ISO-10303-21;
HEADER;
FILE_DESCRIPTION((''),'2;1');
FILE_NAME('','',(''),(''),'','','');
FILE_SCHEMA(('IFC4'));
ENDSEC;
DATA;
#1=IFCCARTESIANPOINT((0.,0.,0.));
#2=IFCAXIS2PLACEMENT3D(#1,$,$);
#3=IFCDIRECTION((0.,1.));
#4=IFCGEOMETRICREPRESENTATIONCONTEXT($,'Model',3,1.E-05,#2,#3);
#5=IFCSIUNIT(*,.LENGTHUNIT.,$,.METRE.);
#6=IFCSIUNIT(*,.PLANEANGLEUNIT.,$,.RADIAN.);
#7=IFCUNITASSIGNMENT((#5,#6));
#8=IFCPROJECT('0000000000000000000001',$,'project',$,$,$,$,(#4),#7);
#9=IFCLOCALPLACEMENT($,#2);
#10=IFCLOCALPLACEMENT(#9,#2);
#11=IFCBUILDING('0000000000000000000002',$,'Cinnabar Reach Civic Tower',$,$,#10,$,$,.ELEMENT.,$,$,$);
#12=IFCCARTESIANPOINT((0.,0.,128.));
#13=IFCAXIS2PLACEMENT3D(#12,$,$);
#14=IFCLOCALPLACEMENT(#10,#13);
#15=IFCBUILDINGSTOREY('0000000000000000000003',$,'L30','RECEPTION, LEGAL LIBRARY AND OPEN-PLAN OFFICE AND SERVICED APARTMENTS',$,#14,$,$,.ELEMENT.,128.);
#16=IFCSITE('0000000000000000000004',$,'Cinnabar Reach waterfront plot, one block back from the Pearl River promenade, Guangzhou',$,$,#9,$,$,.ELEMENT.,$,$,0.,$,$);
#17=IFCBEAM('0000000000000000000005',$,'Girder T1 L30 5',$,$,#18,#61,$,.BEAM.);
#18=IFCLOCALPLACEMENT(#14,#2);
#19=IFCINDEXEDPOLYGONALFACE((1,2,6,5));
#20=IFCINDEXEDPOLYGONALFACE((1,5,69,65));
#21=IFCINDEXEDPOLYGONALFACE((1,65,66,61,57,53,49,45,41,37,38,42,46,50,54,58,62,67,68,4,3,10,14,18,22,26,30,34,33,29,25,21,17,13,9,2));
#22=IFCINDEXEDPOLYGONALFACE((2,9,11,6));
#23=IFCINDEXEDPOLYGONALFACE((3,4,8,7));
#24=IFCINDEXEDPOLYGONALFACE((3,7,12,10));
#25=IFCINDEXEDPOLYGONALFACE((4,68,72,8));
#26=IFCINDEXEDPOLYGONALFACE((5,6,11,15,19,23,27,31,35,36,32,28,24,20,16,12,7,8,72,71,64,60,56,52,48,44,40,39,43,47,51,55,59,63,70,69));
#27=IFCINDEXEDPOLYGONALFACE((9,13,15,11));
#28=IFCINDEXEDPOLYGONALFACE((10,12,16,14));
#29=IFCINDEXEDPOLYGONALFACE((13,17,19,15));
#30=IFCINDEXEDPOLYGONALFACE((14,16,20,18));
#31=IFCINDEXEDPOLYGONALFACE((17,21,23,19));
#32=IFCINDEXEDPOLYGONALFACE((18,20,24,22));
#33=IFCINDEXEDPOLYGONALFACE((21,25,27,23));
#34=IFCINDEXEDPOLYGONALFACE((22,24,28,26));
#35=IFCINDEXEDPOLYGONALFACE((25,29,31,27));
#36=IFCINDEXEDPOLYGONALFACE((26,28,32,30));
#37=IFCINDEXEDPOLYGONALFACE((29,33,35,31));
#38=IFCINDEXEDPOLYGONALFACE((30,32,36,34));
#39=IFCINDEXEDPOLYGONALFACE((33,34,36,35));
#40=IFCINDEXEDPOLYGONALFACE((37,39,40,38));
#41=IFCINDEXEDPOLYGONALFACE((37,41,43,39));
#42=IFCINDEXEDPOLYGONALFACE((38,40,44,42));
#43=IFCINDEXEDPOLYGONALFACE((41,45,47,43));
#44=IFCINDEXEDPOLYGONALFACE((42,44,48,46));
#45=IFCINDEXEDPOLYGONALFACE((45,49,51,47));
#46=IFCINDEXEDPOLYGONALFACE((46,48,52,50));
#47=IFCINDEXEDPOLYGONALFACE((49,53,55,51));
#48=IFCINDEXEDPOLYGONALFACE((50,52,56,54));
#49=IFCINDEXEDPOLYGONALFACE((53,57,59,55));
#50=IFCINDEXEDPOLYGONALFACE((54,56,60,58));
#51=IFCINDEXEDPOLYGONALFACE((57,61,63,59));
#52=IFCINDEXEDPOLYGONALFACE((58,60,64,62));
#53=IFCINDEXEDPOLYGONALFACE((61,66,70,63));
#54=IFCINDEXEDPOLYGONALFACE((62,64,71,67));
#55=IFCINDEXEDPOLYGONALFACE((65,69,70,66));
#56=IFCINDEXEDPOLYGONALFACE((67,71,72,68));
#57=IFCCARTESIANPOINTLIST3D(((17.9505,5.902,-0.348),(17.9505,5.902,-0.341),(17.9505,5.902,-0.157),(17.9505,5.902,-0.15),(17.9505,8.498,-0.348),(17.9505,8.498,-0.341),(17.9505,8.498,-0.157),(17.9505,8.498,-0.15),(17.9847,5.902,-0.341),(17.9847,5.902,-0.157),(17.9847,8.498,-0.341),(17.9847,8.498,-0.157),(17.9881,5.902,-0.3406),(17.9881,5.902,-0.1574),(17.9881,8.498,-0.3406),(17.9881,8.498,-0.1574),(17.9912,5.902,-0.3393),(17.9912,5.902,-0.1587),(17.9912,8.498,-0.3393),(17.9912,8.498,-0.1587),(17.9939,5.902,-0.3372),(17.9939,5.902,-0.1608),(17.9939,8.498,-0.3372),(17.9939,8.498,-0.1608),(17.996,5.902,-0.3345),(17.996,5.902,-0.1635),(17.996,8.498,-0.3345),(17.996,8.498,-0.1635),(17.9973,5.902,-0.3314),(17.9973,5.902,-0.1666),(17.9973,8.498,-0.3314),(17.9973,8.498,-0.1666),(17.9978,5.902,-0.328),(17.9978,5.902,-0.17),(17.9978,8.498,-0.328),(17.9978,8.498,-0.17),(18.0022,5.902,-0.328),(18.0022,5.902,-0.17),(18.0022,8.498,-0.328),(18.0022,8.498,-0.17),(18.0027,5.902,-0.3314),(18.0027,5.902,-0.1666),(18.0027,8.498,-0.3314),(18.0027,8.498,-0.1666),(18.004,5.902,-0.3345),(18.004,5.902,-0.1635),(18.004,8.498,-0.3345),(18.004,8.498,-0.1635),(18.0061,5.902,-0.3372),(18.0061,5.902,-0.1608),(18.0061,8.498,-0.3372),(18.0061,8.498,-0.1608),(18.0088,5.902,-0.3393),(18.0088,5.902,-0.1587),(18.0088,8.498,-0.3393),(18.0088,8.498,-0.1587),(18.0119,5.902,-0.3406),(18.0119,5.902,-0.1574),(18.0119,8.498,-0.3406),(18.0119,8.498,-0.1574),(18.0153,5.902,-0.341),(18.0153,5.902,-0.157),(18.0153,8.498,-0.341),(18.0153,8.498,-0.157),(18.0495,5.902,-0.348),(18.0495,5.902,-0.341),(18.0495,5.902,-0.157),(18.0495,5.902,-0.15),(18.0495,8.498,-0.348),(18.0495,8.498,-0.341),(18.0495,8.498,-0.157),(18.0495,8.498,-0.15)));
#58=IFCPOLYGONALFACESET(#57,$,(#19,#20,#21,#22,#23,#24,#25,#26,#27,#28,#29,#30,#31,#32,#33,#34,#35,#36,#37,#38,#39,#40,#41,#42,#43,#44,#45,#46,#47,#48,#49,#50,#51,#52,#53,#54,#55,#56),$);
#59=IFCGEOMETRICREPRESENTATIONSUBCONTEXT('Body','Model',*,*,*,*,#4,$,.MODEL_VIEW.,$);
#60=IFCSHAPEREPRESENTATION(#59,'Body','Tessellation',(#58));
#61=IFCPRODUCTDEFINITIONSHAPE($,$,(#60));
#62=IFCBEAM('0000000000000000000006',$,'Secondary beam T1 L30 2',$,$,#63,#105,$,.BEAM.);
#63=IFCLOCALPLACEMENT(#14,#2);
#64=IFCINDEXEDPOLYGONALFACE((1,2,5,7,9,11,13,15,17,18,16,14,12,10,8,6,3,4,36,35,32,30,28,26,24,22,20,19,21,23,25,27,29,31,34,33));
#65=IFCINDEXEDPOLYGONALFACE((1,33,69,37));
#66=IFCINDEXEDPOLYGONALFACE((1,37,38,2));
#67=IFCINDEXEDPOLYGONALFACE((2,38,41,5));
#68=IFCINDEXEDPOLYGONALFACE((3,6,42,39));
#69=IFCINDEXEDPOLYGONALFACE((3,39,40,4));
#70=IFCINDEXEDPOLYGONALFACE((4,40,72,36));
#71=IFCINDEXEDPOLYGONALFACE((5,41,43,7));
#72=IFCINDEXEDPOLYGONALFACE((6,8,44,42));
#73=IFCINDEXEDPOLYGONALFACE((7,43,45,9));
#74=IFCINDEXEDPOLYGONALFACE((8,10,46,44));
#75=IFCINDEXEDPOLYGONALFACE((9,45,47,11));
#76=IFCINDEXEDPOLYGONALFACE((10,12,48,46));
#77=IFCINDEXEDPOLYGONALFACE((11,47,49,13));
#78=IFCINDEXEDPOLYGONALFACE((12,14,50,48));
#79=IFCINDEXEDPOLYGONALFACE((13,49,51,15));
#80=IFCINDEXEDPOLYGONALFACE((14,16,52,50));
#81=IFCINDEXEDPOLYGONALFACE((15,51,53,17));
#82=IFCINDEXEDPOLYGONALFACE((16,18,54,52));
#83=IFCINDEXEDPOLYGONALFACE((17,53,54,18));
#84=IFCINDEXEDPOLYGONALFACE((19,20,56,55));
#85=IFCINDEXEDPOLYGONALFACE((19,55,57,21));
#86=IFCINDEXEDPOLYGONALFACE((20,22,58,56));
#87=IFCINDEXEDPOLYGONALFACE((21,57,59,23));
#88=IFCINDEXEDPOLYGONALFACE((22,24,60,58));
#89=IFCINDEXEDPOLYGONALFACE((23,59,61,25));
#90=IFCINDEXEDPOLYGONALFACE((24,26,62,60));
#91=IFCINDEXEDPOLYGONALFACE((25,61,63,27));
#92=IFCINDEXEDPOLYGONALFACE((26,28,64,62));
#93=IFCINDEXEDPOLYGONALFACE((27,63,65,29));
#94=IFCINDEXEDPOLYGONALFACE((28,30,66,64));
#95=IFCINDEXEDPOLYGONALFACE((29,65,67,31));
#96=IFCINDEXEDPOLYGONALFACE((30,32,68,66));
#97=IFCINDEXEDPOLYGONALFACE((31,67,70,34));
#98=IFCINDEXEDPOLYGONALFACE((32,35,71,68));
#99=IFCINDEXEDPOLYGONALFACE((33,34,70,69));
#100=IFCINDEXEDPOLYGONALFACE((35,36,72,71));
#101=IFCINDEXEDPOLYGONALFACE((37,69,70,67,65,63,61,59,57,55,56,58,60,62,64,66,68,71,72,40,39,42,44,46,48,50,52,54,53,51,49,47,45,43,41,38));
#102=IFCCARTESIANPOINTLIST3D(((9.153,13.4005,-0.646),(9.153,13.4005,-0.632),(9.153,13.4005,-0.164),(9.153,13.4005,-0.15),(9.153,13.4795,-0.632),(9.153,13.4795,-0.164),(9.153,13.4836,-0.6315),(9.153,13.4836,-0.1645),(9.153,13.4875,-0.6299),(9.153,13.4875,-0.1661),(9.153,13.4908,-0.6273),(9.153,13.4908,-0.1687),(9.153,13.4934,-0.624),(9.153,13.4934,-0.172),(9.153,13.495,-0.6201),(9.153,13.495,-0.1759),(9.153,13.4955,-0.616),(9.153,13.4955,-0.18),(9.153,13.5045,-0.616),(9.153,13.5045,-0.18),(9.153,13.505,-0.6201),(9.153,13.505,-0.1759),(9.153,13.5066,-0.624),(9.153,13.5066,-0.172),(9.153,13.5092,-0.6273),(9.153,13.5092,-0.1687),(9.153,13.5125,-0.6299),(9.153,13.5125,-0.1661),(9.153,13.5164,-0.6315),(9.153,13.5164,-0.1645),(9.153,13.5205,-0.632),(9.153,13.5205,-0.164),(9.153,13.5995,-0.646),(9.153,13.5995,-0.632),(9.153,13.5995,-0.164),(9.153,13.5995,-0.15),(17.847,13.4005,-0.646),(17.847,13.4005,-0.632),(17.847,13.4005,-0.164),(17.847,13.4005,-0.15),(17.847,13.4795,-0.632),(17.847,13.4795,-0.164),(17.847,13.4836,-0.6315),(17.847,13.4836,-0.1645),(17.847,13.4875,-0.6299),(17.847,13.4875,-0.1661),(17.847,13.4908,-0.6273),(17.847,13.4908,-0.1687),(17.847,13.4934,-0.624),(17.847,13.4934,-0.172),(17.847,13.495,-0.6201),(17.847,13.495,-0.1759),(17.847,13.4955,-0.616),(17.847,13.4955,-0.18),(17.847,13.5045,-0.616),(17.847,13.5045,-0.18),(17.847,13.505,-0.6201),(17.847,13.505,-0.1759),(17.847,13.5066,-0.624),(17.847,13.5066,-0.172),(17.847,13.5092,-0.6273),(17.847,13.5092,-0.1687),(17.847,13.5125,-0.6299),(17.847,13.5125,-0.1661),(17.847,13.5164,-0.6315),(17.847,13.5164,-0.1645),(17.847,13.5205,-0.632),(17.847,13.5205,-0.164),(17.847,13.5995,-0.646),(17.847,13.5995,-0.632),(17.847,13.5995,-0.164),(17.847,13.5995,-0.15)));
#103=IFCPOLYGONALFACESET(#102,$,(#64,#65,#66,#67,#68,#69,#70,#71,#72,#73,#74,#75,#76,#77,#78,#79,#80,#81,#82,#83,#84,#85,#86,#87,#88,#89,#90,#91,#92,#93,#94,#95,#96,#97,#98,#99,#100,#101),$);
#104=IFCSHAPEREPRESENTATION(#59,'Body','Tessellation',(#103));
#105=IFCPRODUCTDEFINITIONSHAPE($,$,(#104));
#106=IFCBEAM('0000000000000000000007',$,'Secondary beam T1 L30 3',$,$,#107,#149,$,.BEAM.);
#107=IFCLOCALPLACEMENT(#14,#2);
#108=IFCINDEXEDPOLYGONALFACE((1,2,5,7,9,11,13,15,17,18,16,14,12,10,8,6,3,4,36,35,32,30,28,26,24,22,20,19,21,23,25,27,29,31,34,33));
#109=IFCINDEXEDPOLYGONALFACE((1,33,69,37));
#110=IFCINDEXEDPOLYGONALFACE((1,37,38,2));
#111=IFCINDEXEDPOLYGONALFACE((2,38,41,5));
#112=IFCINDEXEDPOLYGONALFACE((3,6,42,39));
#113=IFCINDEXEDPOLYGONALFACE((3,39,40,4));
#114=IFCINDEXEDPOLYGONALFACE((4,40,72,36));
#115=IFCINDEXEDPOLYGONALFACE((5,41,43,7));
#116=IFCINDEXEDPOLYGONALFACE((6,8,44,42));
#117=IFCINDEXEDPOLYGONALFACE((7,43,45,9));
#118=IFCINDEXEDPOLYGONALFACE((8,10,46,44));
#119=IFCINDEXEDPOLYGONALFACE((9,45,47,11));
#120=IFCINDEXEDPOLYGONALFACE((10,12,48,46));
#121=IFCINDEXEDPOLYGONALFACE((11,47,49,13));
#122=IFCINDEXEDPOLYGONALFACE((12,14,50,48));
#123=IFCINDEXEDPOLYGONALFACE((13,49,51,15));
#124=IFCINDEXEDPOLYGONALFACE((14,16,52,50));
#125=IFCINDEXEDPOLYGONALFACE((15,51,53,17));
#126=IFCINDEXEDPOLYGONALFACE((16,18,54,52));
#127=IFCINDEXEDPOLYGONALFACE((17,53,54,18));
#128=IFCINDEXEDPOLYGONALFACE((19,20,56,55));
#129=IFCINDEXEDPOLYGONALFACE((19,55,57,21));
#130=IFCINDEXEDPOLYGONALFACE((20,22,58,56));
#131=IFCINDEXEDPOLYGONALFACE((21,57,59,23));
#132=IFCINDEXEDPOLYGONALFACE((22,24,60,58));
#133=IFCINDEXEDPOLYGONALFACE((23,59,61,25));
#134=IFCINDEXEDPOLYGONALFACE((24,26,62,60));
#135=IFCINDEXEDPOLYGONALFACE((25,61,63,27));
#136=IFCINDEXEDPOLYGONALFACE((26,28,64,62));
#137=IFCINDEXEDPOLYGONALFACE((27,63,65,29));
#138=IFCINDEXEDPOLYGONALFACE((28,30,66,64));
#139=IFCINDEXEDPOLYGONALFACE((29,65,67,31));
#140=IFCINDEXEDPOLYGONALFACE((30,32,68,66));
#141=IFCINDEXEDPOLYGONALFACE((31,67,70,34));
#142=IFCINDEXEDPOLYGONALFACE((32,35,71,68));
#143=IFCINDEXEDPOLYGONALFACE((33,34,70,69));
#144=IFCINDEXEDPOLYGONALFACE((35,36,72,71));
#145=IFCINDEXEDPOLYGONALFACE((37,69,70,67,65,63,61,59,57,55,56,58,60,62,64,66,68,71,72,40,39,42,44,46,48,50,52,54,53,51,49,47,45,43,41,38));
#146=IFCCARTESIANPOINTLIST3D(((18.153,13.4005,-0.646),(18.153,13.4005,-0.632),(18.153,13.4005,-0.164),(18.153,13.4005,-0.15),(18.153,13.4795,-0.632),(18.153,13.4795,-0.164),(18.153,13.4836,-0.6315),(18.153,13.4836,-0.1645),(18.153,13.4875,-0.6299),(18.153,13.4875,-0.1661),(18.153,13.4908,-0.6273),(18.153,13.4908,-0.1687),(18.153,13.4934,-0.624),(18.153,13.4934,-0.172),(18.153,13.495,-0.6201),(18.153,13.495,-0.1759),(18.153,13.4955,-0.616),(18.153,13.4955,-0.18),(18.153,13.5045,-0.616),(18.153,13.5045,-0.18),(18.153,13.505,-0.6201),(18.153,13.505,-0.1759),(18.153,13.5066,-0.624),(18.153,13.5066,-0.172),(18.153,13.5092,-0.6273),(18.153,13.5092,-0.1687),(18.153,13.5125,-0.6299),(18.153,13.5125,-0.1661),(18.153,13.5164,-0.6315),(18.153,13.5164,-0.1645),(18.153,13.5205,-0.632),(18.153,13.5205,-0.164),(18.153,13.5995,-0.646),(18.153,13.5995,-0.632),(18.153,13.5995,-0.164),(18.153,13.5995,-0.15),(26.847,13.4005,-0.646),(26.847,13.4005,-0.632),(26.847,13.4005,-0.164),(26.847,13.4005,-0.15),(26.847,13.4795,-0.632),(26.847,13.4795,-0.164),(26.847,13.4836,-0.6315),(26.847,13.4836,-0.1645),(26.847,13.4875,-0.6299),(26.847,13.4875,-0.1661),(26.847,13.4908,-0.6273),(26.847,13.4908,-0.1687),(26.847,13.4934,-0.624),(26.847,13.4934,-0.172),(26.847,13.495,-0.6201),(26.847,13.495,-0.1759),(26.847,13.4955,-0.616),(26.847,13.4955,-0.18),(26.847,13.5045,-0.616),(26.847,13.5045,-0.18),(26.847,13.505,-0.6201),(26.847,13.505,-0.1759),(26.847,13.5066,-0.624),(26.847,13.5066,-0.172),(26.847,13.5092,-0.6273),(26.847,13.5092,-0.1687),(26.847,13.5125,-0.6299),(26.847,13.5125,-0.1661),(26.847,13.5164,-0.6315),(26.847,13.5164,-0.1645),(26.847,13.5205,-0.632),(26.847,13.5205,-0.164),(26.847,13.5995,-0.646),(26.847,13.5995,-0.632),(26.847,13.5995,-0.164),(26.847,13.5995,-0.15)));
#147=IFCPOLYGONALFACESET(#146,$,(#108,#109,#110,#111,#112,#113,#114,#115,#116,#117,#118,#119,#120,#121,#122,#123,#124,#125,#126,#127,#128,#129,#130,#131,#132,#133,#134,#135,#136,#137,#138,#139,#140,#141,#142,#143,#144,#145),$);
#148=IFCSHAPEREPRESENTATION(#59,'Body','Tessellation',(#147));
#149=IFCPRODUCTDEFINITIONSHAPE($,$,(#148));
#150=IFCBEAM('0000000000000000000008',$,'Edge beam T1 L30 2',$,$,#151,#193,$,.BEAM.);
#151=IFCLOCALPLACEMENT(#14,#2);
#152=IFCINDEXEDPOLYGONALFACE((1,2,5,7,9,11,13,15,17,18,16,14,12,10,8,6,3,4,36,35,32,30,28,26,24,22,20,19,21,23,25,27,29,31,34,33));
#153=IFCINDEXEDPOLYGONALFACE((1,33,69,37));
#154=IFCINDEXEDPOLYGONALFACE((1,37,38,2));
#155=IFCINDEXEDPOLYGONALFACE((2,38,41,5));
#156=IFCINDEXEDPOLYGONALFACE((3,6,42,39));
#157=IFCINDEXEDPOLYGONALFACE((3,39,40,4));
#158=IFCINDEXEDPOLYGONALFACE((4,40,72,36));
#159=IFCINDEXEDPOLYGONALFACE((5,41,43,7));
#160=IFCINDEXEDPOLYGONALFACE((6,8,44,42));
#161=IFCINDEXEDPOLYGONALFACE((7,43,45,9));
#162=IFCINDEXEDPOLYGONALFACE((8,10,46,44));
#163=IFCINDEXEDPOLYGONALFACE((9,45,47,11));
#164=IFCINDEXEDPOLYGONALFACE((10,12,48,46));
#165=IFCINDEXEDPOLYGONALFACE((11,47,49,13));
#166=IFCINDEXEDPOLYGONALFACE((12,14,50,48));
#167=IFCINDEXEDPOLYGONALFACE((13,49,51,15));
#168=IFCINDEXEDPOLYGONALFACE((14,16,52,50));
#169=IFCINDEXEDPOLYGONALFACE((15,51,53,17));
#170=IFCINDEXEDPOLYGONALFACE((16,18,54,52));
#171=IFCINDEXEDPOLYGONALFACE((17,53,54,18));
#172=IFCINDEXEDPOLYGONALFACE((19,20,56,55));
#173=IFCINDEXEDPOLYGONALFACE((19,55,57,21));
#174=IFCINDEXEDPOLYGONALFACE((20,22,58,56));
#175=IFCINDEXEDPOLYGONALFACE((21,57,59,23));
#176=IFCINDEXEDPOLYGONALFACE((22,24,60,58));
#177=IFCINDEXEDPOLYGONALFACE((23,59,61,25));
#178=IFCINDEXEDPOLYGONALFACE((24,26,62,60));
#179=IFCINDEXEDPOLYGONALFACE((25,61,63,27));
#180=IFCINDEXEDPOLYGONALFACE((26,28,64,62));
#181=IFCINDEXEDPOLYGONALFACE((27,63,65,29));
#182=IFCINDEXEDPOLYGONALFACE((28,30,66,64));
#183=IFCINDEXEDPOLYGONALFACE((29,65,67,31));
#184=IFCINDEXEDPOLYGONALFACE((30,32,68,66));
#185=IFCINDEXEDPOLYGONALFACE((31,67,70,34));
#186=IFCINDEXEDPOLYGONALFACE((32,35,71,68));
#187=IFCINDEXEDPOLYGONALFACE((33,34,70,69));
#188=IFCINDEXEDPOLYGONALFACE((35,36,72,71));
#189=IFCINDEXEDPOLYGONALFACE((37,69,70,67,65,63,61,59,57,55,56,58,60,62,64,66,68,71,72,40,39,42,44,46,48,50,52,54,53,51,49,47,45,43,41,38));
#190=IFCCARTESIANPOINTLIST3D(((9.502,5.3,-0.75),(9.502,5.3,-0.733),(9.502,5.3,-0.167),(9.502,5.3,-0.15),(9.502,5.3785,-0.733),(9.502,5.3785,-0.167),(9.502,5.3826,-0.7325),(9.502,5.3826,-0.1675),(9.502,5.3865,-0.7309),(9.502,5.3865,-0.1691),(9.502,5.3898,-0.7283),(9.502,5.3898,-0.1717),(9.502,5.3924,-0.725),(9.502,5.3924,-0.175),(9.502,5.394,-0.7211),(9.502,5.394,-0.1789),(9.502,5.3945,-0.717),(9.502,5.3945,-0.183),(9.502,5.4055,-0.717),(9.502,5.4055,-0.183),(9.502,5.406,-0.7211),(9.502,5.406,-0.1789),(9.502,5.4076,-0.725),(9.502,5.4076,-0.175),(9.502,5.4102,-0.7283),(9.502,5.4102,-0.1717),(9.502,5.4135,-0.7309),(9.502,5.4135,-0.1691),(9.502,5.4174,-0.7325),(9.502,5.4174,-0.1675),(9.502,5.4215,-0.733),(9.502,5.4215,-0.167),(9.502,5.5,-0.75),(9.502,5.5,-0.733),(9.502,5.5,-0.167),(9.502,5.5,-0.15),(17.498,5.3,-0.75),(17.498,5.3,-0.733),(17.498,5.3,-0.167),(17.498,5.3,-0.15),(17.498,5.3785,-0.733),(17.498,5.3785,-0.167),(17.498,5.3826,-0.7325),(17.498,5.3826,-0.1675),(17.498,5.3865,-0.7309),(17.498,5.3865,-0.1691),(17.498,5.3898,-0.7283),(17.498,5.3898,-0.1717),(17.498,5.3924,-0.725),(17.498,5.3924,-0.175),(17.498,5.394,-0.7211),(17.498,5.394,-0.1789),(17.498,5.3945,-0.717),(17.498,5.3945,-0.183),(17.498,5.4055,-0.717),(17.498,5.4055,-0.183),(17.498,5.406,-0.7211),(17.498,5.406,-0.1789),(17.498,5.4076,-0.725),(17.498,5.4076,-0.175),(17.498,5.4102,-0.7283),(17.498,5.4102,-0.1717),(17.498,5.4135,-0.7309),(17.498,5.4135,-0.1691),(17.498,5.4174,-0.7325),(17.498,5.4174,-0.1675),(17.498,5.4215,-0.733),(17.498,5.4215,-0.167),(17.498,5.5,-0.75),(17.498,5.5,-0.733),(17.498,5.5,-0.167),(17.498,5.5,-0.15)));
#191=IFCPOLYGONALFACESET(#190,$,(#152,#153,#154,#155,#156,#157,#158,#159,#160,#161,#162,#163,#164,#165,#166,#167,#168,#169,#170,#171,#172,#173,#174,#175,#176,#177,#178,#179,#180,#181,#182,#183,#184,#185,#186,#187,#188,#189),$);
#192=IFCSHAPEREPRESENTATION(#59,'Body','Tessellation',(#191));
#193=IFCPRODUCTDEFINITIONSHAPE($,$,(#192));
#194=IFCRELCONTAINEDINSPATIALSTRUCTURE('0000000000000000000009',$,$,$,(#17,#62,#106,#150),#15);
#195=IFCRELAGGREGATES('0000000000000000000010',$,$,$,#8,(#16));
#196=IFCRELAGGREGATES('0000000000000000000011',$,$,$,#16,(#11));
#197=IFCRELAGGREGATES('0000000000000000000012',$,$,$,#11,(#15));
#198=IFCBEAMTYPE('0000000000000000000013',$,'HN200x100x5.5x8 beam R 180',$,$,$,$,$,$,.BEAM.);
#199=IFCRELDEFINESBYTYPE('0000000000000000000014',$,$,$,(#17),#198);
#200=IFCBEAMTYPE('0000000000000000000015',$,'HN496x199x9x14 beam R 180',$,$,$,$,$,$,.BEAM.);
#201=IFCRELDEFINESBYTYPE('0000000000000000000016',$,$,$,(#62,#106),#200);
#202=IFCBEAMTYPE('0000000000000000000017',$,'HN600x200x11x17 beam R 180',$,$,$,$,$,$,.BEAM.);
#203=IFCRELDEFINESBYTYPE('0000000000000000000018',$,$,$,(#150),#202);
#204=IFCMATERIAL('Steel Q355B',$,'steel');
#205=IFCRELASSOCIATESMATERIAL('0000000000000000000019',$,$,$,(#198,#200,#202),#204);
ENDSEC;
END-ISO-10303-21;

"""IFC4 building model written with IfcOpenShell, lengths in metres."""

from ifc_helpers import new_model, si_unit, direction, frame, origin, origin_2d, place, context, subcontext, project, spatial, i_section, extrude, material, material_profile, profile_set, type_object, element, save


model = new_model("IFC4")

# Units and contexts
model_context = context("Model", 3, precision=1e-05, world=origin(), true_north=direction((0.0, 1.0)))
body_context = subcontext(model_context, "Body", "Model", "MODEL_VIEW")
ifc_project = project(units=[si_unit("LENGTHUNIT", "METRE"), si_unit("PLANEANGLEUNIT", "RADIAN")], contexts=[model_context])

# Site, building, storey
site_placement = place(None, origin())
site = spatial("IfcSite", under=ifc_project, at=site_placement, Name="Cinnabar Reach waterfront plot, one block back from the Pearl River promenade, Guangzhou", CompositionType="ELEMENT", RefElevation=0.0)
building_placement = place(site_placement, origin())
building = spatial("IfcBuilding", under=site, at=building_placement, Name="Cinnabar Reach Civic Tower", CompositionType="ELEMENT")
storey_placement = place(building_placement, frame((0.0, 0.0, 128.0)))
storey = spatial("IfcBuildingStorey", under=building, at=storey_placement, Name="L30", Description="RECEPTION, LEGAL LIBRARY AND OPEN-PLAN OFFICE AND SERVICED APARTMENTS", CompositionType="ELEMENT", Elevation=128.0)

# Beams
ifc_material_1 = material(Name="Steel Q355B", Category="steel")
ifc_material_profile_1 = material_profile(ifc_material_1, i_section(OverallWidth=0.099, OverallDepth=0.198, WebThickness=0.0045, FlangeThickness=0.007, FilletRadius=0.013, at=origin_2d()), Name="HN200x100x5.5x8")
ifc_profile_set_1 = profile_set([ifc_material_profile_1], Name="Steel Q355B")
beam_type_1 = type_object("IfcBeamType", Name="HN200x100x5.5x8 beam R 180", PredefinedType="BEAM", material=ifc_profile_set_1)
for number, where, z_axis, x_axis, name in (
    (1, (18.0, 5.902, -0.249), (0.0, 1.0, 0.0), (-1.0, 0.0, 0.0), "Girder T1 L30 5"),
):
    element("IfcBeam", number, at=place(storey_placement, frame(where, z_axis=z_axis, x_axis=x_axis)), inside=storey, type_object=beam_type_1, Name=name, PredefinedType="BEAM", context=body_context, shape_type="SweptSolid", body=[
        extrude(i_section(OverallWidth=0.099, OverallDepth=0.198, WebThickness=0.0045, FlangeThickness=0.007, FilletRadius=0.013, at=origin_2d()), origin(), (0.0, 0.0, 1.0), 2.596),
    ])
ifc_material_profile_2 = material_profile(ifc_material_1, i_section(OverallWidth=0.199, OverallDepth=0.496, WebThickness=0.009, FlangeThickness=0.014, FilletRadius=0.016, at=origin_2d()), Name="HN496x199x9x14")
ifc_profile_set_2 = profile_set([ifc_material_profile_2], Name="Steel Q355B")
beam_type_2 = type_object("IfcBeamType", Name="HN496x199x9x14 beam R 180", PredefinedType="BEAM", material=ifc_profile_set_2)
for number, where, z_axis, x_axis, name in (
    (2, (9.153, 13.5, -0.398), (1.0, 0.0, 0.0), (0.0, 1.0, 0.0), "Secondary beam T1 L30 2"),
    (3, (18.153, 13.5, -0.398), (1.0, 0.0, 0.0), (0.0, 1.0, 0.0), "Secondary beam T1 L30 3"),
):
    element("IfcBeam", number, at=place(storey_placement, frame(where, z_axis=z_axis, x_axis=x_axis)), inside=storey, type_object=beam_type_2, Name=name, PredefinedType="BEAM", context=body_context, shape_type="SweptSolid", body=[
        extrude(i_section(OverallWidth=0.199, OverallDepth=0.496, WebThickness=0.009, FlangeThickness=0.014, FilletRadius=0.016, at=origin_2d()), origin(), (0.0, 0.0, 1.0), 8.694),
    ])
ifc_material_profile_3 = material_profile(ifc_material_1, i_section(OverallWidth=0.2, OverallDepth=0.6, WebThickness=0.011, FlangeThickness=0.017, FilletRadius=0.016, at=origin_2d()), Name="HN600x200x11x17")
ifc_profile_set_3 = profile_set([ifc_material_profile_3], Name="Steel Q355B")
beam_type_3 = type_object("IfcBeamType", Name="HN600x200x11x17 beam R 180", PredefinedType="BEAM", material=ifc_profile_set_3)
for number, where, z_axis, x_axis, name in (
    (4, (9.502, 5.4, -0.45), (1.0, 0.0, 0.0), (0.0, 1.0, 0.0), "Edge beam T1 L30 2"),
):
    element("IfcBeam", number, at=place(storey_placement, frame(where, z_axis=z_axis, x_axis=x_axis)), inside=storey, type_object=beam_type_3, Name=name, PredefinedType="BEAM", context=body_context, shape_type="SweptSolid", body=[
        extrude(i_section(OverallWidth=0.2, OverallDepth=0.6, WebThickness=0.011, FlangeThickness=0.017, FilletRadius=0.016, at=origin_2d()), origin(), (0.0, 0.0, 1.0), 7.996),
    ])

save(model, "model.ifc")
